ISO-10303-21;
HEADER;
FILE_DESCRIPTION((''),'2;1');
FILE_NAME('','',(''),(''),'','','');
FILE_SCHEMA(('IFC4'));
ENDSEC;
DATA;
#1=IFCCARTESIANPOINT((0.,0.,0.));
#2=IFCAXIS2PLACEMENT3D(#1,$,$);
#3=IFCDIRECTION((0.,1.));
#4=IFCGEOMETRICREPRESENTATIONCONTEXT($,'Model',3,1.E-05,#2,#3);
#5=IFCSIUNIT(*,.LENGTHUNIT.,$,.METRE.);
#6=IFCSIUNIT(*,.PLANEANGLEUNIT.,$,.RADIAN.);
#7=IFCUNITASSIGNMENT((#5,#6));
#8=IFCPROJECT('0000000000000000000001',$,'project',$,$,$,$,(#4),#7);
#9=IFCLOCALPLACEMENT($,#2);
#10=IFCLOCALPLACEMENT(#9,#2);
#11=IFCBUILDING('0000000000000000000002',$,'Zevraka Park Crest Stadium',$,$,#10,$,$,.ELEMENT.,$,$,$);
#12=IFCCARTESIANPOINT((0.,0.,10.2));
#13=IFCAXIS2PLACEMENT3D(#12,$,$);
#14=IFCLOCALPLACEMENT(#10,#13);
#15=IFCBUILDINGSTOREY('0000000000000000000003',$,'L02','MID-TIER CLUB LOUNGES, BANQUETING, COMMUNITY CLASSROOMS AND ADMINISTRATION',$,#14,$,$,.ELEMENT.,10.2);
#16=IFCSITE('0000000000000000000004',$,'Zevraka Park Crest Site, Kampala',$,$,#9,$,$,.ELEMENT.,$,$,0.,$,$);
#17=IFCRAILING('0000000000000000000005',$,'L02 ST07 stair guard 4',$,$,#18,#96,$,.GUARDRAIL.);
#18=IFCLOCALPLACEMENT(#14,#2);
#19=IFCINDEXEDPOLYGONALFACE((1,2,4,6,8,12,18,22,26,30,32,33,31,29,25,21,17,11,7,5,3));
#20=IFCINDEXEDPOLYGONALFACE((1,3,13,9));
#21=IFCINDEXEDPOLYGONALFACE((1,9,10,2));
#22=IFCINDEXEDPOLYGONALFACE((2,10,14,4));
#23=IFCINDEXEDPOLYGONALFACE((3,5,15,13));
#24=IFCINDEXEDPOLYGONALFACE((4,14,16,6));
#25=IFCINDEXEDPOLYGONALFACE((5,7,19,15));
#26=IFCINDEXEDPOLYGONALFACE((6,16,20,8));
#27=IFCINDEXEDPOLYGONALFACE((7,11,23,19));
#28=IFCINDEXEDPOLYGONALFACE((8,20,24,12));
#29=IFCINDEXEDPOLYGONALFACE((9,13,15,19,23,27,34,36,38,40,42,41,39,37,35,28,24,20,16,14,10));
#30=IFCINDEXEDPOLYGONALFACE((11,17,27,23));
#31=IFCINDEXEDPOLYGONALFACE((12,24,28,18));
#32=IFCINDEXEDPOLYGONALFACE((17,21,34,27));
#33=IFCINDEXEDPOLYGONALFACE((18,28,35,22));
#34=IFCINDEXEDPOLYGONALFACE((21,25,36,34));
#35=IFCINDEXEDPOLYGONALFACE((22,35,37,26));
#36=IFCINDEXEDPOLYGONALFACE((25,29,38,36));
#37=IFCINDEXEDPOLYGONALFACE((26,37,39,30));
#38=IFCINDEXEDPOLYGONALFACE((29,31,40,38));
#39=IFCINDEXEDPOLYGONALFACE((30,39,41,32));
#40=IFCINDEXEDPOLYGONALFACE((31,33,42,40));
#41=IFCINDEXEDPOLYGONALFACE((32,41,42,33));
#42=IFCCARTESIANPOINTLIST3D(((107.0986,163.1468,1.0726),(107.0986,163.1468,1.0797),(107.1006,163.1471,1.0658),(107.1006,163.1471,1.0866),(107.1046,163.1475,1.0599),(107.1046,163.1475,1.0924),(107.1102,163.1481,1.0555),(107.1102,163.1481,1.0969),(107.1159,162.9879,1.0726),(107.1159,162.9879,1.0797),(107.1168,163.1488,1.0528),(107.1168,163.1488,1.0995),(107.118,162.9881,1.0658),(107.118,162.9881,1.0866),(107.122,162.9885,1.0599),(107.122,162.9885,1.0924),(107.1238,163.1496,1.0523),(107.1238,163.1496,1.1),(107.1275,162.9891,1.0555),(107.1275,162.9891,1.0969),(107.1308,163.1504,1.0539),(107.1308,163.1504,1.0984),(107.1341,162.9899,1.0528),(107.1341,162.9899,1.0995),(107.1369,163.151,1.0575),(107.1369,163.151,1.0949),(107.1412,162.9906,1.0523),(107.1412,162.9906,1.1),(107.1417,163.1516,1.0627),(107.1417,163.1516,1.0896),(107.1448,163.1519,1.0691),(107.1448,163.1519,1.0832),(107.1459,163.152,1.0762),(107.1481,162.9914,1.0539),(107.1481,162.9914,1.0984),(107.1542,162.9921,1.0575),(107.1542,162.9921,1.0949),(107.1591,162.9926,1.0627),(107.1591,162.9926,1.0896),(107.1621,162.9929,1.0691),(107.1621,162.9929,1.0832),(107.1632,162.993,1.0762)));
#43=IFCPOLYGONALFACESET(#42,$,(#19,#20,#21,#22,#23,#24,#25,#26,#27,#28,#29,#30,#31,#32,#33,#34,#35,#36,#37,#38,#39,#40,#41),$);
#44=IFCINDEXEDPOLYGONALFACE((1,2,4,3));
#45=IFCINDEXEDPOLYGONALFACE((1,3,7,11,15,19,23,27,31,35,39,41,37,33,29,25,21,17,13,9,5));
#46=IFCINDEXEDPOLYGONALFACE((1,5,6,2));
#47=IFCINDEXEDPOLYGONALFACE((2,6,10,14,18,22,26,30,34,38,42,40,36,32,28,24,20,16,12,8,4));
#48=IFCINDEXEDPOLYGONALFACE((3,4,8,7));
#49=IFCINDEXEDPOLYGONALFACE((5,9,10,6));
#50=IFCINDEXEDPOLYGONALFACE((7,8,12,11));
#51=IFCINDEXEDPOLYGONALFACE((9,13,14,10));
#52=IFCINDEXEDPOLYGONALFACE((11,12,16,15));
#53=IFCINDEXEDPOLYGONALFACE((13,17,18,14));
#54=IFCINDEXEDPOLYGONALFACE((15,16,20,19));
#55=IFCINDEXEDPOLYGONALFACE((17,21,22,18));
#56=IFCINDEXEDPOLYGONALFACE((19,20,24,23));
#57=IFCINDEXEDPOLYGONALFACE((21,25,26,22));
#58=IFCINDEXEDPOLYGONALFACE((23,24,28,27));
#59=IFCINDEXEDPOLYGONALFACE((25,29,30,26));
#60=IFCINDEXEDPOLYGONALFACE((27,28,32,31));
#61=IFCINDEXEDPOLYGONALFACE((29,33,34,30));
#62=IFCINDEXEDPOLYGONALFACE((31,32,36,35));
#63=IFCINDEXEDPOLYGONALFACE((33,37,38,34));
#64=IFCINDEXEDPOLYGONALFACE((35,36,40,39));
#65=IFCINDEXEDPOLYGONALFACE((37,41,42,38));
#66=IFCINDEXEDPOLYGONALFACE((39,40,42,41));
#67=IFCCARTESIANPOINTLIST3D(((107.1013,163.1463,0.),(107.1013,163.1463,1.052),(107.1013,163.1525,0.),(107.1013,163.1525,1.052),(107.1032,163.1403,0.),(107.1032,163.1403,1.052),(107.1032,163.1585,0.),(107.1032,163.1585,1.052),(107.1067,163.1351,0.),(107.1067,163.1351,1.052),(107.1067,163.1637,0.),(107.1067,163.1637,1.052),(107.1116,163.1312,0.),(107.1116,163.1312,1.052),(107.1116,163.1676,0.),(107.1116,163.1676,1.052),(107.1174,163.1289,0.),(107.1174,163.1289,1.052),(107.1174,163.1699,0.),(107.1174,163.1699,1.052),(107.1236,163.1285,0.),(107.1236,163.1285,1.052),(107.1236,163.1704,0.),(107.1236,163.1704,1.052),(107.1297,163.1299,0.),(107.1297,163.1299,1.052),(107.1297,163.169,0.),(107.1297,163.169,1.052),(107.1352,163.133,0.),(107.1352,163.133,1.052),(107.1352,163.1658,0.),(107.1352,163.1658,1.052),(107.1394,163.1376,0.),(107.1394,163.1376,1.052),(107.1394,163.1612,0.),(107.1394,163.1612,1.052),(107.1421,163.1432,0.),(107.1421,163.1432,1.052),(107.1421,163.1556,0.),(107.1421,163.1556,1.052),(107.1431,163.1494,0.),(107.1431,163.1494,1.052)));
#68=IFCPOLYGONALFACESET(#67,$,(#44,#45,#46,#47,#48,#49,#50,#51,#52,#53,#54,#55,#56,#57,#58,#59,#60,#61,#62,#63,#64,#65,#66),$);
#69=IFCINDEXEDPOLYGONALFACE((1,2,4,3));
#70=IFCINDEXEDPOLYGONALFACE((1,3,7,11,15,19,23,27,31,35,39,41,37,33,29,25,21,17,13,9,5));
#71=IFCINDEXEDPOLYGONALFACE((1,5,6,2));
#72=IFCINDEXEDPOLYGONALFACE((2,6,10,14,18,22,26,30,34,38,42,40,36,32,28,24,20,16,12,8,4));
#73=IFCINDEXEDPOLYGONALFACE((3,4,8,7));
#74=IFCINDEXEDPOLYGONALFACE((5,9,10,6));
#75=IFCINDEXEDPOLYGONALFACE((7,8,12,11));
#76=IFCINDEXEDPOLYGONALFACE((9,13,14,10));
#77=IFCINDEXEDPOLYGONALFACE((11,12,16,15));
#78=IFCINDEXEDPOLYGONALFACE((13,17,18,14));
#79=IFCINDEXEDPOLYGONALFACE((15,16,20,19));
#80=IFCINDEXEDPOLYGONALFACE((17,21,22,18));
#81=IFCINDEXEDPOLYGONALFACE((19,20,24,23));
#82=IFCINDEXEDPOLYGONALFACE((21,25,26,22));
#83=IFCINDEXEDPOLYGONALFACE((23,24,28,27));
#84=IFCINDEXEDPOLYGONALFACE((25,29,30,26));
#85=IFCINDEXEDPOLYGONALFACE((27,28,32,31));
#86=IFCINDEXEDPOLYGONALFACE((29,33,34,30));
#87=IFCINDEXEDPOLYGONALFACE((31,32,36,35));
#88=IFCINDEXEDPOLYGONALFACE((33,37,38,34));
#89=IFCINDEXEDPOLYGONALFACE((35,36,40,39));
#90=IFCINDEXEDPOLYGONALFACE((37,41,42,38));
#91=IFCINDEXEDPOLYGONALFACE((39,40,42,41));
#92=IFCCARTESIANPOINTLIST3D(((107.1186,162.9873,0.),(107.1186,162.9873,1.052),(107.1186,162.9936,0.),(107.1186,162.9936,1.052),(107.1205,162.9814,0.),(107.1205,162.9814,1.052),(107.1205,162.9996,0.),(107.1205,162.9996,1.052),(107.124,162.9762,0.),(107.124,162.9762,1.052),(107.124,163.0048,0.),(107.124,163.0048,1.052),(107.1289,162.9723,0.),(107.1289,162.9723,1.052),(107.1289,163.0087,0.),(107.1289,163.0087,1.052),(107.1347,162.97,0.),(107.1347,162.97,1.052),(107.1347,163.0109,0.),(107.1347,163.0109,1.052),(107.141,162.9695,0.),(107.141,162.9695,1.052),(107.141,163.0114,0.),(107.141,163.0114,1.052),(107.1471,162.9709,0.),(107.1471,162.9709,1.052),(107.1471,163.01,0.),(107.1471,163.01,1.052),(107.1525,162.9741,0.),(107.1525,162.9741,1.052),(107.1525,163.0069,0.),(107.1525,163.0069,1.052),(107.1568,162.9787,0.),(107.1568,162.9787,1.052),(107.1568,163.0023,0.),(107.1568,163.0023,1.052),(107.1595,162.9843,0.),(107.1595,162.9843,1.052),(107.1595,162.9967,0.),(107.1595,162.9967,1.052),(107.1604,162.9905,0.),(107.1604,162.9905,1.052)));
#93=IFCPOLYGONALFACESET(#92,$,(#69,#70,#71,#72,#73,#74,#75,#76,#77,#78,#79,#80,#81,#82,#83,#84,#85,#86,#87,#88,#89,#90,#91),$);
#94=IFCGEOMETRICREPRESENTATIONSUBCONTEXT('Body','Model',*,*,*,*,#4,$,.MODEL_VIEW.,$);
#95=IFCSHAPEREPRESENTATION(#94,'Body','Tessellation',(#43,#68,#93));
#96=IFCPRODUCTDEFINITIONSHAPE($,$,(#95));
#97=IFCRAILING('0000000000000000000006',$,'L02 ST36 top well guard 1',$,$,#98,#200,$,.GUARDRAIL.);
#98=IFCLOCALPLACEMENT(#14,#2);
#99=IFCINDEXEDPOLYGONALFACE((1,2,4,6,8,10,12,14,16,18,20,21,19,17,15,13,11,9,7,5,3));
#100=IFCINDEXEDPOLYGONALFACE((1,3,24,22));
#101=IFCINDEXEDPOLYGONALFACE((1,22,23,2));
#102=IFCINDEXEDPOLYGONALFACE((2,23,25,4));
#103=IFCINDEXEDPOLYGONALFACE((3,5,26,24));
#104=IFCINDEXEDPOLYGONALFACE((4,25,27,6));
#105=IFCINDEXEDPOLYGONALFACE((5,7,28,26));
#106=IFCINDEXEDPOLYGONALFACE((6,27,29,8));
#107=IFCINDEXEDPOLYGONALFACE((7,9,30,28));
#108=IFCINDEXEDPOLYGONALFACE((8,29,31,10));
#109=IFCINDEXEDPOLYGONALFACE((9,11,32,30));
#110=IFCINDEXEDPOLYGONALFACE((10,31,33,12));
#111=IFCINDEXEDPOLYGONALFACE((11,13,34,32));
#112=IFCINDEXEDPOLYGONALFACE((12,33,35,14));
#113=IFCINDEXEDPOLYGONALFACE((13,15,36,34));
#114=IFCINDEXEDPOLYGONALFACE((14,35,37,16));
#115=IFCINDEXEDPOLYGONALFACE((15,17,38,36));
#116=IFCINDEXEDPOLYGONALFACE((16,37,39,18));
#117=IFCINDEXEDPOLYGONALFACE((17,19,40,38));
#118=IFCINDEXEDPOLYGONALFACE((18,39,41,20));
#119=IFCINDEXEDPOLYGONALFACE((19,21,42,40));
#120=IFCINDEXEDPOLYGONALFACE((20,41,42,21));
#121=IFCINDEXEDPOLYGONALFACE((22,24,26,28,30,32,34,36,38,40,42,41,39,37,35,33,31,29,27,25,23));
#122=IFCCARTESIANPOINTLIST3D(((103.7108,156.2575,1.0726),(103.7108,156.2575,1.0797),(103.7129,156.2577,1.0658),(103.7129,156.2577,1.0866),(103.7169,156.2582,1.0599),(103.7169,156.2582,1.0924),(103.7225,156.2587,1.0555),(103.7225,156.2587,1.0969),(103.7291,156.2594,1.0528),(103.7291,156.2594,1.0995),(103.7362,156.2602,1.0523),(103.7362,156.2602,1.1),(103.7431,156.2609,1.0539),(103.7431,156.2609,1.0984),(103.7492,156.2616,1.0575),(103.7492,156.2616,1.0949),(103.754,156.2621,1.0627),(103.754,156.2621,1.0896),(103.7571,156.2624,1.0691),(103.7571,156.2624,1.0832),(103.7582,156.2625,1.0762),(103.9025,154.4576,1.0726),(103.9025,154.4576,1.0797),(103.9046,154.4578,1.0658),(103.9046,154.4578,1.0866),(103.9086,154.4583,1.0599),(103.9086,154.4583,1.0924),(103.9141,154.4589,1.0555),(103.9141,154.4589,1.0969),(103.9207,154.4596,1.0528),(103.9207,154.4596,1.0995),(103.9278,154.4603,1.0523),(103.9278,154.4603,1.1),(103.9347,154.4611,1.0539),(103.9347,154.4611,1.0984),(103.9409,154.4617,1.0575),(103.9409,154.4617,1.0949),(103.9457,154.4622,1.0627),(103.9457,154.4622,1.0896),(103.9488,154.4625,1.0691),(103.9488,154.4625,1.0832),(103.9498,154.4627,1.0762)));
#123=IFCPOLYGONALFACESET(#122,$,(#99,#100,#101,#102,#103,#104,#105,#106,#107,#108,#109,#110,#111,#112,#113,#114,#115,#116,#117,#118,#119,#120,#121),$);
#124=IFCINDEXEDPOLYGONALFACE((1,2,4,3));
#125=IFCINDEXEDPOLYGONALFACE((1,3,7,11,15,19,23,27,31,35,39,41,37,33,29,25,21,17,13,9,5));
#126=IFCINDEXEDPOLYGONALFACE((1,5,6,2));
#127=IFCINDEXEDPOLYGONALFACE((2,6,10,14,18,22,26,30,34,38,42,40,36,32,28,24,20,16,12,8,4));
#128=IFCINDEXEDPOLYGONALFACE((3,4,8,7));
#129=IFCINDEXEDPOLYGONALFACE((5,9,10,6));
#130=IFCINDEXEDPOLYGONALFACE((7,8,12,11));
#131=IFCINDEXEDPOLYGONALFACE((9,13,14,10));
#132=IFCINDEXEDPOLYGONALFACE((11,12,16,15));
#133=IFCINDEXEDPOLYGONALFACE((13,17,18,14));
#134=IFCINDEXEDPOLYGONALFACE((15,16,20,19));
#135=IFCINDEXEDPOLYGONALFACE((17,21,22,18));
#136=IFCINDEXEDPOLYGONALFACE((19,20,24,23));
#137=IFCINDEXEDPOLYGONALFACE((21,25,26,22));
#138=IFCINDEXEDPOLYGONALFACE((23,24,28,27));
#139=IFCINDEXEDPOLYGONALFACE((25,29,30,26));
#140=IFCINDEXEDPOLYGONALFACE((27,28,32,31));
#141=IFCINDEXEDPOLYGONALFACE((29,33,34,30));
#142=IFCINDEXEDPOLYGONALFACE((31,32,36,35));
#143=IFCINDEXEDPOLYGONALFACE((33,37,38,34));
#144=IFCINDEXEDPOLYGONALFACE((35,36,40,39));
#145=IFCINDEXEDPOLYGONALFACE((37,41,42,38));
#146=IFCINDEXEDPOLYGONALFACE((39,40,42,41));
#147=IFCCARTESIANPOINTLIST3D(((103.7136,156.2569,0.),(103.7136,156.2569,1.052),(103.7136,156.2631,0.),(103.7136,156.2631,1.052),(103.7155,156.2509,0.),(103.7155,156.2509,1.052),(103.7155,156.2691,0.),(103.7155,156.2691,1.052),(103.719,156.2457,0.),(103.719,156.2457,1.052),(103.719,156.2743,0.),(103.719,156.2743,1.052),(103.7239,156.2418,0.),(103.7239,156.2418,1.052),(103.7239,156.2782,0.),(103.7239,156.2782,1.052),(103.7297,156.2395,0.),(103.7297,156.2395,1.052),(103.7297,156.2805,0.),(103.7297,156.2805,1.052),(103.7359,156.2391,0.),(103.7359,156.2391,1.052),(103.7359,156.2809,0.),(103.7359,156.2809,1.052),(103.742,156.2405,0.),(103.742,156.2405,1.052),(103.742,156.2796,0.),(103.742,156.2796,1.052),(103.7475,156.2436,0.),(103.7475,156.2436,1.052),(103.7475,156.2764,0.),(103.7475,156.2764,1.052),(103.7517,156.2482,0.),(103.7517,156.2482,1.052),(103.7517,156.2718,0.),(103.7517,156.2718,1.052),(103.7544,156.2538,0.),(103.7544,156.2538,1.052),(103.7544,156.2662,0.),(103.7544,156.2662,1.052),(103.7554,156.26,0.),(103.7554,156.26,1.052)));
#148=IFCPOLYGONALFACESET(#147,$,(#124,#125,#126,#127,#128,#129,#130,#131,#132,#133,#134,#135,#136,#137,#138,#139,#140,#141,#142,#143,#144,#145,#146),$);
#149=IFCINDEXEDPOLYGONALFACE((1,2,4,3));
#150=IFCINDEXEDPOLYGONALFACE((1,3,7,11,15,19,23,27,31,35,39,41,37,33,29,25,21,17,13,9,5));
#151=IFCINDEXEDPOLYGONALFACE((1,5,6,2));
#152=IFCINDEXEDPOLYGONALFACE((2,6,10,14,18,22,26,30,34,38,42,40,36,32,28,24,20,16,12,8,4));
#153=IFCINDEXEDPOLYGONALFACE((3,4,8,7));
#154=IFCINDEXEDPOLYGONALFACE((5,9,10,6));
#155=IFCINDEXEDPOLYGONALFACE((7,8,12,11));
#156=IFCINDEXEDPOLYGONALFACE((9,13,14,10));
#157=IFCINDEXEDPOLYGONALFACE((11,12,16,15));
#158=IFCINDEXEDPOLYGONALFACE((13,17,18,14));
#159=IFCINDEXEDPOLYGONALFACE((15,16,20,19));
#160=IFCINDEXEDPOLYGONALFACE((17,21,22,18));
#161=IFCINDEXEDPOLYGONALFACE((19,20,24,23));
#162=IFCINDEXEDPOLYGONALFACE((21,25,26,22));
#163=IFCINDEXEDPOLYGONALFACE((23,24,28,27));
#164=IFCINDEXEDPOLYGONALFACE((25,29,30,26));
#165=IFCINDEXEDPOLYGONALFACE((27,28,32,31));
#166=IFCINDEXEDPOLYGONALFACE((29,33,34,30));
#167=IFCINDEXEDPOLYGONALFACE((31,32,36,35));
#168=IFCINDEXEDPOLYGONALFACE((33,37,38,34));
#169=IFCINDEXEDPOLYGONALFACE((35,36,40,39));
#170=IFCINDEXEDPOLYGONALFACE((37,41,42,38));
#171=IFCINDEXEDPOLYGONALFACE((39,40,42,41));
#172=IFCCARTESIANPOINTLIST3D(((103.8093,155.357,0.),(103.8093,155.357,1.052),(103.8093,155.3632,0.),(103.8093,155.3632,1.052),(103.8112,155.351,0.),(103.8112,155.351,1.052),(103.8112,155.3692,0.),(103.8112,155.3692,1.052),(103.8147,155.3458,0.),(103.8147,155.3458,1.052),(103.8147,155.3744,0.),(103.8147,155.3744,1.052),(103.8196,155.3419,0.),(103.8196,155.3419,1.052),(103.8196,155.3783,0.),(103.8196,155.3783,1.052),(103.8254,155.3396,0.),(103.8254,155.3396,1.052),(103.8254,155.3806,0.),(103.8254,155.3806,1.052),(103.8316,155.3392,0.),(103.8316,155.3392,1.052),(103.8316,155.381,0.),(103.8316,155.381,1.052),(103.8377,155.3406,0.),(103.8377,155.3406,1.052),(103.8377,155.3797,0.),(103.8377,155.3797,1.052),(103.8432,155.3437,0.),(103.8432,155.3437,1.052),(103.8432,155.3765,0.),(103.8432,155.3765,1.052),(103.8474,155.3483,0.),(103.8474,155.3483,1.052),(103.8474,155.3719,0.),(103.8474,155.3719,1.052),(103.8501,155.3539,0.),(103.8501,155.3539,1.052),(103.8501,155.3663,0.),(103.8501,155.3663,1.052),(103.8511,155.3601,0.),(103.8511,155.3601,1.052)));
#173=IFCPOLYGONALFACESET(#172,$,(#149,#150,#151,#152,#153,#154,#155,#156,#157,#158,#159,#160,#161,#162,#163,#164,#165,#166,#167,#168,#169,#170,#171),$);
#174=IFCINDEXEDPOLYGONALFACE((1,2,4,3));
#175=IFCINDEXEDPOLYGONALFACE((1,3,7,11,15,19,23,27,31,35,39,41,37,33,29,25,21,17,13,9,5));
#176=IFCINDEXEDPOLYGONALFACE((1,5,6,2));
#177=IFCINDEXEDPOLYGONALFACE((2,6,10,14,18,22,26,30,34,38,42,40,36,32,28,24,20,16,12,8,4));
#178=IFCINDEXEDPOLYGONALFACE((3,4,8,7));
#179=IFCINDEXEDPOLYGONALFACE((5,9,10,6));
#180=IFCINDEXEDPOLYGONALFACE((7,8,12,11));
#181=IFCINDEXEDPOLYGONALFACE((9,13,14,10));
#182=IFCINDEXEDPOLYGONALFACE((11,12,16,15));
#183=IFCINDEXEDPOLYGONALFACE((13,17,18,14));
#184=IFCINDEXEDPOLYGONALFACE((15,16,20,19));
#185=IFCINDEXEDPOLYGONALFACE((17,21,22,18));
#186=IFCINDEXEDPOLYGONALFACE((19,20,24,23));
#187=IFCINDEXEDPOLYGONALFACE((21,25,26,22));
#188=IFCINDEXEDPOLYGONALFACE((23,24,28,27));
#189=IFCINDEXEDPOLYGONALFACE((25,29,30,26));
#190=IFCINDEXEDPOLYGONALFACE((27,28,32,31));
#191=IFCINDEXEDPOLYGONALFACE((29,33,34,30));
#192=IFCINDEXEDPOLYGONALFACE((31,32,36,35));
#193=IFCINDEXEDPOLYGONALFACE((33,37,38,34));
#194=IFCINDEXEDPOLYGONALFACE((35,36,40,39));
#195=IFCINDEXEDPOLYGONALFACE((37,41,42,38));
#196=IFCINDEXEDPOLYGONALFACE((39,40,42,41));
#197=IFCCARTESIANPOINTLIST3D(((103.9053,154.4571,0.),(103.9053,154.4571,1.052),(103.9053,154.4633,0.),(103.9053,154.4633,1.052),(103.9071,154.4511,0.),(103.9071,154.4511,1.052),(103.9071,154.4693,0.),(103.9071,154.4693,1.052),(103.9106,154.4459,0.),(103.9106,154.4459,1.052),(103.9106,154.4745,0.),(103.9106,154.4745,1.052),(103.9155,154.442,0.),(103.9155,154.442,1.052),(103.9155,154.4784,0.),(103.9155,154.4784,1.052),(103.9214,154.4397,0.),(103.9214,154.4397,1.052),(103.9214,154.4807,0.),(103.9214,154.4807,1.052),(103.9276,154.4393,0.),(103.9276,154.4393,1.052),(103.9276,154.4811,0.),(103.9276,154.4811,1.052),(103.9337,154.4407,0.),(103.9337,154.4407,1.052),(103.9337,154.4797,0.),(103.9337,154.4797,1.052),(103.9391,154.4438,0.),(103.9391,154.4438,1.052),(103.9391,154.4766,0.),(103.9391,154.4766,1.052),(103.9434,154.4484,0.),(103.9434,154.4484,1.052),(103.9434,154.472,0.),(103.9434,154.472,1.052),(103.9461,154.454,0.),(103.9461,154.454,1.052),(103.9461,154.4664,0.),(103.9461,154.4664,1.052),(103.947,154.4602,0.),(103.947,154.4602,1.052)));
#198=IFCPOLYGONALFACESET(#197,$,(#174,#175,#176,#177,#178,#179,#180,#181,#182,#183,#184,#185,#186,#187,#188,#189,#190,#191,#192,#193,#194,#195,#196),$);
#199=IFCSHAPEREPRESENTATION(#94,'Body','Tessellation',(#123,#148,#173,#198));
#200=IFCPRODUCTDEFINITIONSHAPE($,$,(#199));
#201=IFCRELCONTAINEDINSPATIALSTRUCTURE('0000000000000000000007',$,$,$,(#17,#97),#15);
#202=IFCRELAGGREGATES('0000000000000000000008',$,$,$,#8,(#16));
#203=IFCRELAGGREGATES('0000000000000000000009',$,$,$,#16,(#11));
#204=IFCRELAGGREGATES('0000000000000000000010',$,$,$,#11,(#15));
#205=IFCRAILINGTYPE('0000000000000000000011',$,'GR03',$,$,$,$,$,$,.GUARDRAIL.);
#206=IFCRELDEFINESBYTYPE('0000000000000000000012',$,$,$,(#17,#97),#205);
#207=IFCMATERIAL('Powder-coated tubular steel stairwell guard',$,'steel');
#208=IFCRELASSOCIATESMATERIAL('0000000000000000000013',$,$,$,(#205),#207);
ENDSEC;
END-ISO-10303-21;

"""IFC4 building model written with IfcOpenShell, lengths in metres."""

from ifc_helpers import new_model, si_unit, direction, frame, origin, origin_2d, place, context, subcontext, project, spatial, circle, extrude, material, type_object, element, save


model = new_model("IFC4")

# Units and contexts
model_context = context("Model", 3, precision=1e-05, world=origin(), true_north=direction((0.0, 1.0)))
body_context = subcontext(model_context, "Body", "Model", "MODEL_VIEW")
ifc_project = project(units=[si_unit("LENGTHUNIT", "METRE"), si_unit("PLANEANGLEUNIT", "RADIAN")], contexts=[model_context])

# Site, building, storey
site_placement = place(None, origin())
site = spatial("IfcSite", under=ifc_project, at=site_placement, Name="Zevraka Park Crest Site, Kampala", CompositionType="ELEMENT", RefElevation=0.0)
building_placement = place(site_placement, origin())
building = spatial("IfcBuilding", under=site, at=building_placement, Name="Zevraka Park Crest Stadium", CompositionType="ELEMENT")
storey_placement = place(building_placement, frame((0.0, 0.0, 10.2)))
storey = spatial("IfcBuildingStorey", under=building, at=storey_placement, Name="L02", Description="MID-TIER CLUB LOUNGES, BANQUETING, COMMUNITY CLASSROOMS AND ADMINISTRATION", CompositionType="ELEMENT", Elevation=10.2)

# Railings
ifc_material_1 = material(Name="Powder-coated tubular steel stairwell guard", Category="steel")
railing_type_1 = type_object("IfcRailingType", Name="GR03", PredefinedType="GUARDRAIL", material=ifc_material_1)
railing_1_placement = place(storey_placement, frame((107.1221, 163.1494, 0.0)))
element("IfcRailing", 1, at=railing_1_placement, inside=storey, type_object=railing_type_1, Name="L02 ST07 stair guard 4", PredefinedType="GUARDRAIL", context=body_context, shape_type="SweptSolid", body=[
    extrude(circle(Radius=0.0239, at=origin_2d()), frame((0.0, 0.0, 1.0762), z_axis=(0.10842, -0.994105, 0.0), x_axis=(0.994105, 0.10842, 0.0)), (0.0, 0.0, 1.0), 0.1599),
    extrude(circle(Radius=0.021, at=origin_2d()), origin(), (0.0, 0.0, 1.0), 1.052),
    extrude(circle(Radius=0.021, at=origin_2d()), frame((0.0173, -0.1589, 0.0)), (0.0, 0.0, 1.0), 1.052),
])
railing_2_placement = place(storey_placement, frame((103.7344, 156.26, 0.0)))
element("IfcRailing", 2, at=railing_2_placement, inside=storey, type_object=railing_type_1, Name="L02 ST36 top well guard 1", PredefinedType="GUARDRAIL", context=body_context, shape_type="SweptSolid", body=[
    extrude(circle(Radius=0.0239, at=origin_2d()), frame((0.0, 0.0, 1.0762), z_axis=(0.105885, -0.994378, 0.0), x_axis=(0.994378, 0.105885, 0.0)), (0.0, 0.0, 1.0), 1.8101),
    extrude(circle(Radius=0.021, at=origin_2d()), origin(), (0.0, 0.0, 1.0), 1.052),
    extrude(circle(Radius=0.021, at=origin_2d()), frame((0.0957, -0.8999, 0.0)), (0.0, 0.0, 1.0), 1.052),
    extrude(circle(Radius=0.021, at=origin_2d()), frame((0.1917, -1.7998, 0.0)), (0.0, 0.0, 1.0), 1.052),
])

save(model, "model.ifc")
